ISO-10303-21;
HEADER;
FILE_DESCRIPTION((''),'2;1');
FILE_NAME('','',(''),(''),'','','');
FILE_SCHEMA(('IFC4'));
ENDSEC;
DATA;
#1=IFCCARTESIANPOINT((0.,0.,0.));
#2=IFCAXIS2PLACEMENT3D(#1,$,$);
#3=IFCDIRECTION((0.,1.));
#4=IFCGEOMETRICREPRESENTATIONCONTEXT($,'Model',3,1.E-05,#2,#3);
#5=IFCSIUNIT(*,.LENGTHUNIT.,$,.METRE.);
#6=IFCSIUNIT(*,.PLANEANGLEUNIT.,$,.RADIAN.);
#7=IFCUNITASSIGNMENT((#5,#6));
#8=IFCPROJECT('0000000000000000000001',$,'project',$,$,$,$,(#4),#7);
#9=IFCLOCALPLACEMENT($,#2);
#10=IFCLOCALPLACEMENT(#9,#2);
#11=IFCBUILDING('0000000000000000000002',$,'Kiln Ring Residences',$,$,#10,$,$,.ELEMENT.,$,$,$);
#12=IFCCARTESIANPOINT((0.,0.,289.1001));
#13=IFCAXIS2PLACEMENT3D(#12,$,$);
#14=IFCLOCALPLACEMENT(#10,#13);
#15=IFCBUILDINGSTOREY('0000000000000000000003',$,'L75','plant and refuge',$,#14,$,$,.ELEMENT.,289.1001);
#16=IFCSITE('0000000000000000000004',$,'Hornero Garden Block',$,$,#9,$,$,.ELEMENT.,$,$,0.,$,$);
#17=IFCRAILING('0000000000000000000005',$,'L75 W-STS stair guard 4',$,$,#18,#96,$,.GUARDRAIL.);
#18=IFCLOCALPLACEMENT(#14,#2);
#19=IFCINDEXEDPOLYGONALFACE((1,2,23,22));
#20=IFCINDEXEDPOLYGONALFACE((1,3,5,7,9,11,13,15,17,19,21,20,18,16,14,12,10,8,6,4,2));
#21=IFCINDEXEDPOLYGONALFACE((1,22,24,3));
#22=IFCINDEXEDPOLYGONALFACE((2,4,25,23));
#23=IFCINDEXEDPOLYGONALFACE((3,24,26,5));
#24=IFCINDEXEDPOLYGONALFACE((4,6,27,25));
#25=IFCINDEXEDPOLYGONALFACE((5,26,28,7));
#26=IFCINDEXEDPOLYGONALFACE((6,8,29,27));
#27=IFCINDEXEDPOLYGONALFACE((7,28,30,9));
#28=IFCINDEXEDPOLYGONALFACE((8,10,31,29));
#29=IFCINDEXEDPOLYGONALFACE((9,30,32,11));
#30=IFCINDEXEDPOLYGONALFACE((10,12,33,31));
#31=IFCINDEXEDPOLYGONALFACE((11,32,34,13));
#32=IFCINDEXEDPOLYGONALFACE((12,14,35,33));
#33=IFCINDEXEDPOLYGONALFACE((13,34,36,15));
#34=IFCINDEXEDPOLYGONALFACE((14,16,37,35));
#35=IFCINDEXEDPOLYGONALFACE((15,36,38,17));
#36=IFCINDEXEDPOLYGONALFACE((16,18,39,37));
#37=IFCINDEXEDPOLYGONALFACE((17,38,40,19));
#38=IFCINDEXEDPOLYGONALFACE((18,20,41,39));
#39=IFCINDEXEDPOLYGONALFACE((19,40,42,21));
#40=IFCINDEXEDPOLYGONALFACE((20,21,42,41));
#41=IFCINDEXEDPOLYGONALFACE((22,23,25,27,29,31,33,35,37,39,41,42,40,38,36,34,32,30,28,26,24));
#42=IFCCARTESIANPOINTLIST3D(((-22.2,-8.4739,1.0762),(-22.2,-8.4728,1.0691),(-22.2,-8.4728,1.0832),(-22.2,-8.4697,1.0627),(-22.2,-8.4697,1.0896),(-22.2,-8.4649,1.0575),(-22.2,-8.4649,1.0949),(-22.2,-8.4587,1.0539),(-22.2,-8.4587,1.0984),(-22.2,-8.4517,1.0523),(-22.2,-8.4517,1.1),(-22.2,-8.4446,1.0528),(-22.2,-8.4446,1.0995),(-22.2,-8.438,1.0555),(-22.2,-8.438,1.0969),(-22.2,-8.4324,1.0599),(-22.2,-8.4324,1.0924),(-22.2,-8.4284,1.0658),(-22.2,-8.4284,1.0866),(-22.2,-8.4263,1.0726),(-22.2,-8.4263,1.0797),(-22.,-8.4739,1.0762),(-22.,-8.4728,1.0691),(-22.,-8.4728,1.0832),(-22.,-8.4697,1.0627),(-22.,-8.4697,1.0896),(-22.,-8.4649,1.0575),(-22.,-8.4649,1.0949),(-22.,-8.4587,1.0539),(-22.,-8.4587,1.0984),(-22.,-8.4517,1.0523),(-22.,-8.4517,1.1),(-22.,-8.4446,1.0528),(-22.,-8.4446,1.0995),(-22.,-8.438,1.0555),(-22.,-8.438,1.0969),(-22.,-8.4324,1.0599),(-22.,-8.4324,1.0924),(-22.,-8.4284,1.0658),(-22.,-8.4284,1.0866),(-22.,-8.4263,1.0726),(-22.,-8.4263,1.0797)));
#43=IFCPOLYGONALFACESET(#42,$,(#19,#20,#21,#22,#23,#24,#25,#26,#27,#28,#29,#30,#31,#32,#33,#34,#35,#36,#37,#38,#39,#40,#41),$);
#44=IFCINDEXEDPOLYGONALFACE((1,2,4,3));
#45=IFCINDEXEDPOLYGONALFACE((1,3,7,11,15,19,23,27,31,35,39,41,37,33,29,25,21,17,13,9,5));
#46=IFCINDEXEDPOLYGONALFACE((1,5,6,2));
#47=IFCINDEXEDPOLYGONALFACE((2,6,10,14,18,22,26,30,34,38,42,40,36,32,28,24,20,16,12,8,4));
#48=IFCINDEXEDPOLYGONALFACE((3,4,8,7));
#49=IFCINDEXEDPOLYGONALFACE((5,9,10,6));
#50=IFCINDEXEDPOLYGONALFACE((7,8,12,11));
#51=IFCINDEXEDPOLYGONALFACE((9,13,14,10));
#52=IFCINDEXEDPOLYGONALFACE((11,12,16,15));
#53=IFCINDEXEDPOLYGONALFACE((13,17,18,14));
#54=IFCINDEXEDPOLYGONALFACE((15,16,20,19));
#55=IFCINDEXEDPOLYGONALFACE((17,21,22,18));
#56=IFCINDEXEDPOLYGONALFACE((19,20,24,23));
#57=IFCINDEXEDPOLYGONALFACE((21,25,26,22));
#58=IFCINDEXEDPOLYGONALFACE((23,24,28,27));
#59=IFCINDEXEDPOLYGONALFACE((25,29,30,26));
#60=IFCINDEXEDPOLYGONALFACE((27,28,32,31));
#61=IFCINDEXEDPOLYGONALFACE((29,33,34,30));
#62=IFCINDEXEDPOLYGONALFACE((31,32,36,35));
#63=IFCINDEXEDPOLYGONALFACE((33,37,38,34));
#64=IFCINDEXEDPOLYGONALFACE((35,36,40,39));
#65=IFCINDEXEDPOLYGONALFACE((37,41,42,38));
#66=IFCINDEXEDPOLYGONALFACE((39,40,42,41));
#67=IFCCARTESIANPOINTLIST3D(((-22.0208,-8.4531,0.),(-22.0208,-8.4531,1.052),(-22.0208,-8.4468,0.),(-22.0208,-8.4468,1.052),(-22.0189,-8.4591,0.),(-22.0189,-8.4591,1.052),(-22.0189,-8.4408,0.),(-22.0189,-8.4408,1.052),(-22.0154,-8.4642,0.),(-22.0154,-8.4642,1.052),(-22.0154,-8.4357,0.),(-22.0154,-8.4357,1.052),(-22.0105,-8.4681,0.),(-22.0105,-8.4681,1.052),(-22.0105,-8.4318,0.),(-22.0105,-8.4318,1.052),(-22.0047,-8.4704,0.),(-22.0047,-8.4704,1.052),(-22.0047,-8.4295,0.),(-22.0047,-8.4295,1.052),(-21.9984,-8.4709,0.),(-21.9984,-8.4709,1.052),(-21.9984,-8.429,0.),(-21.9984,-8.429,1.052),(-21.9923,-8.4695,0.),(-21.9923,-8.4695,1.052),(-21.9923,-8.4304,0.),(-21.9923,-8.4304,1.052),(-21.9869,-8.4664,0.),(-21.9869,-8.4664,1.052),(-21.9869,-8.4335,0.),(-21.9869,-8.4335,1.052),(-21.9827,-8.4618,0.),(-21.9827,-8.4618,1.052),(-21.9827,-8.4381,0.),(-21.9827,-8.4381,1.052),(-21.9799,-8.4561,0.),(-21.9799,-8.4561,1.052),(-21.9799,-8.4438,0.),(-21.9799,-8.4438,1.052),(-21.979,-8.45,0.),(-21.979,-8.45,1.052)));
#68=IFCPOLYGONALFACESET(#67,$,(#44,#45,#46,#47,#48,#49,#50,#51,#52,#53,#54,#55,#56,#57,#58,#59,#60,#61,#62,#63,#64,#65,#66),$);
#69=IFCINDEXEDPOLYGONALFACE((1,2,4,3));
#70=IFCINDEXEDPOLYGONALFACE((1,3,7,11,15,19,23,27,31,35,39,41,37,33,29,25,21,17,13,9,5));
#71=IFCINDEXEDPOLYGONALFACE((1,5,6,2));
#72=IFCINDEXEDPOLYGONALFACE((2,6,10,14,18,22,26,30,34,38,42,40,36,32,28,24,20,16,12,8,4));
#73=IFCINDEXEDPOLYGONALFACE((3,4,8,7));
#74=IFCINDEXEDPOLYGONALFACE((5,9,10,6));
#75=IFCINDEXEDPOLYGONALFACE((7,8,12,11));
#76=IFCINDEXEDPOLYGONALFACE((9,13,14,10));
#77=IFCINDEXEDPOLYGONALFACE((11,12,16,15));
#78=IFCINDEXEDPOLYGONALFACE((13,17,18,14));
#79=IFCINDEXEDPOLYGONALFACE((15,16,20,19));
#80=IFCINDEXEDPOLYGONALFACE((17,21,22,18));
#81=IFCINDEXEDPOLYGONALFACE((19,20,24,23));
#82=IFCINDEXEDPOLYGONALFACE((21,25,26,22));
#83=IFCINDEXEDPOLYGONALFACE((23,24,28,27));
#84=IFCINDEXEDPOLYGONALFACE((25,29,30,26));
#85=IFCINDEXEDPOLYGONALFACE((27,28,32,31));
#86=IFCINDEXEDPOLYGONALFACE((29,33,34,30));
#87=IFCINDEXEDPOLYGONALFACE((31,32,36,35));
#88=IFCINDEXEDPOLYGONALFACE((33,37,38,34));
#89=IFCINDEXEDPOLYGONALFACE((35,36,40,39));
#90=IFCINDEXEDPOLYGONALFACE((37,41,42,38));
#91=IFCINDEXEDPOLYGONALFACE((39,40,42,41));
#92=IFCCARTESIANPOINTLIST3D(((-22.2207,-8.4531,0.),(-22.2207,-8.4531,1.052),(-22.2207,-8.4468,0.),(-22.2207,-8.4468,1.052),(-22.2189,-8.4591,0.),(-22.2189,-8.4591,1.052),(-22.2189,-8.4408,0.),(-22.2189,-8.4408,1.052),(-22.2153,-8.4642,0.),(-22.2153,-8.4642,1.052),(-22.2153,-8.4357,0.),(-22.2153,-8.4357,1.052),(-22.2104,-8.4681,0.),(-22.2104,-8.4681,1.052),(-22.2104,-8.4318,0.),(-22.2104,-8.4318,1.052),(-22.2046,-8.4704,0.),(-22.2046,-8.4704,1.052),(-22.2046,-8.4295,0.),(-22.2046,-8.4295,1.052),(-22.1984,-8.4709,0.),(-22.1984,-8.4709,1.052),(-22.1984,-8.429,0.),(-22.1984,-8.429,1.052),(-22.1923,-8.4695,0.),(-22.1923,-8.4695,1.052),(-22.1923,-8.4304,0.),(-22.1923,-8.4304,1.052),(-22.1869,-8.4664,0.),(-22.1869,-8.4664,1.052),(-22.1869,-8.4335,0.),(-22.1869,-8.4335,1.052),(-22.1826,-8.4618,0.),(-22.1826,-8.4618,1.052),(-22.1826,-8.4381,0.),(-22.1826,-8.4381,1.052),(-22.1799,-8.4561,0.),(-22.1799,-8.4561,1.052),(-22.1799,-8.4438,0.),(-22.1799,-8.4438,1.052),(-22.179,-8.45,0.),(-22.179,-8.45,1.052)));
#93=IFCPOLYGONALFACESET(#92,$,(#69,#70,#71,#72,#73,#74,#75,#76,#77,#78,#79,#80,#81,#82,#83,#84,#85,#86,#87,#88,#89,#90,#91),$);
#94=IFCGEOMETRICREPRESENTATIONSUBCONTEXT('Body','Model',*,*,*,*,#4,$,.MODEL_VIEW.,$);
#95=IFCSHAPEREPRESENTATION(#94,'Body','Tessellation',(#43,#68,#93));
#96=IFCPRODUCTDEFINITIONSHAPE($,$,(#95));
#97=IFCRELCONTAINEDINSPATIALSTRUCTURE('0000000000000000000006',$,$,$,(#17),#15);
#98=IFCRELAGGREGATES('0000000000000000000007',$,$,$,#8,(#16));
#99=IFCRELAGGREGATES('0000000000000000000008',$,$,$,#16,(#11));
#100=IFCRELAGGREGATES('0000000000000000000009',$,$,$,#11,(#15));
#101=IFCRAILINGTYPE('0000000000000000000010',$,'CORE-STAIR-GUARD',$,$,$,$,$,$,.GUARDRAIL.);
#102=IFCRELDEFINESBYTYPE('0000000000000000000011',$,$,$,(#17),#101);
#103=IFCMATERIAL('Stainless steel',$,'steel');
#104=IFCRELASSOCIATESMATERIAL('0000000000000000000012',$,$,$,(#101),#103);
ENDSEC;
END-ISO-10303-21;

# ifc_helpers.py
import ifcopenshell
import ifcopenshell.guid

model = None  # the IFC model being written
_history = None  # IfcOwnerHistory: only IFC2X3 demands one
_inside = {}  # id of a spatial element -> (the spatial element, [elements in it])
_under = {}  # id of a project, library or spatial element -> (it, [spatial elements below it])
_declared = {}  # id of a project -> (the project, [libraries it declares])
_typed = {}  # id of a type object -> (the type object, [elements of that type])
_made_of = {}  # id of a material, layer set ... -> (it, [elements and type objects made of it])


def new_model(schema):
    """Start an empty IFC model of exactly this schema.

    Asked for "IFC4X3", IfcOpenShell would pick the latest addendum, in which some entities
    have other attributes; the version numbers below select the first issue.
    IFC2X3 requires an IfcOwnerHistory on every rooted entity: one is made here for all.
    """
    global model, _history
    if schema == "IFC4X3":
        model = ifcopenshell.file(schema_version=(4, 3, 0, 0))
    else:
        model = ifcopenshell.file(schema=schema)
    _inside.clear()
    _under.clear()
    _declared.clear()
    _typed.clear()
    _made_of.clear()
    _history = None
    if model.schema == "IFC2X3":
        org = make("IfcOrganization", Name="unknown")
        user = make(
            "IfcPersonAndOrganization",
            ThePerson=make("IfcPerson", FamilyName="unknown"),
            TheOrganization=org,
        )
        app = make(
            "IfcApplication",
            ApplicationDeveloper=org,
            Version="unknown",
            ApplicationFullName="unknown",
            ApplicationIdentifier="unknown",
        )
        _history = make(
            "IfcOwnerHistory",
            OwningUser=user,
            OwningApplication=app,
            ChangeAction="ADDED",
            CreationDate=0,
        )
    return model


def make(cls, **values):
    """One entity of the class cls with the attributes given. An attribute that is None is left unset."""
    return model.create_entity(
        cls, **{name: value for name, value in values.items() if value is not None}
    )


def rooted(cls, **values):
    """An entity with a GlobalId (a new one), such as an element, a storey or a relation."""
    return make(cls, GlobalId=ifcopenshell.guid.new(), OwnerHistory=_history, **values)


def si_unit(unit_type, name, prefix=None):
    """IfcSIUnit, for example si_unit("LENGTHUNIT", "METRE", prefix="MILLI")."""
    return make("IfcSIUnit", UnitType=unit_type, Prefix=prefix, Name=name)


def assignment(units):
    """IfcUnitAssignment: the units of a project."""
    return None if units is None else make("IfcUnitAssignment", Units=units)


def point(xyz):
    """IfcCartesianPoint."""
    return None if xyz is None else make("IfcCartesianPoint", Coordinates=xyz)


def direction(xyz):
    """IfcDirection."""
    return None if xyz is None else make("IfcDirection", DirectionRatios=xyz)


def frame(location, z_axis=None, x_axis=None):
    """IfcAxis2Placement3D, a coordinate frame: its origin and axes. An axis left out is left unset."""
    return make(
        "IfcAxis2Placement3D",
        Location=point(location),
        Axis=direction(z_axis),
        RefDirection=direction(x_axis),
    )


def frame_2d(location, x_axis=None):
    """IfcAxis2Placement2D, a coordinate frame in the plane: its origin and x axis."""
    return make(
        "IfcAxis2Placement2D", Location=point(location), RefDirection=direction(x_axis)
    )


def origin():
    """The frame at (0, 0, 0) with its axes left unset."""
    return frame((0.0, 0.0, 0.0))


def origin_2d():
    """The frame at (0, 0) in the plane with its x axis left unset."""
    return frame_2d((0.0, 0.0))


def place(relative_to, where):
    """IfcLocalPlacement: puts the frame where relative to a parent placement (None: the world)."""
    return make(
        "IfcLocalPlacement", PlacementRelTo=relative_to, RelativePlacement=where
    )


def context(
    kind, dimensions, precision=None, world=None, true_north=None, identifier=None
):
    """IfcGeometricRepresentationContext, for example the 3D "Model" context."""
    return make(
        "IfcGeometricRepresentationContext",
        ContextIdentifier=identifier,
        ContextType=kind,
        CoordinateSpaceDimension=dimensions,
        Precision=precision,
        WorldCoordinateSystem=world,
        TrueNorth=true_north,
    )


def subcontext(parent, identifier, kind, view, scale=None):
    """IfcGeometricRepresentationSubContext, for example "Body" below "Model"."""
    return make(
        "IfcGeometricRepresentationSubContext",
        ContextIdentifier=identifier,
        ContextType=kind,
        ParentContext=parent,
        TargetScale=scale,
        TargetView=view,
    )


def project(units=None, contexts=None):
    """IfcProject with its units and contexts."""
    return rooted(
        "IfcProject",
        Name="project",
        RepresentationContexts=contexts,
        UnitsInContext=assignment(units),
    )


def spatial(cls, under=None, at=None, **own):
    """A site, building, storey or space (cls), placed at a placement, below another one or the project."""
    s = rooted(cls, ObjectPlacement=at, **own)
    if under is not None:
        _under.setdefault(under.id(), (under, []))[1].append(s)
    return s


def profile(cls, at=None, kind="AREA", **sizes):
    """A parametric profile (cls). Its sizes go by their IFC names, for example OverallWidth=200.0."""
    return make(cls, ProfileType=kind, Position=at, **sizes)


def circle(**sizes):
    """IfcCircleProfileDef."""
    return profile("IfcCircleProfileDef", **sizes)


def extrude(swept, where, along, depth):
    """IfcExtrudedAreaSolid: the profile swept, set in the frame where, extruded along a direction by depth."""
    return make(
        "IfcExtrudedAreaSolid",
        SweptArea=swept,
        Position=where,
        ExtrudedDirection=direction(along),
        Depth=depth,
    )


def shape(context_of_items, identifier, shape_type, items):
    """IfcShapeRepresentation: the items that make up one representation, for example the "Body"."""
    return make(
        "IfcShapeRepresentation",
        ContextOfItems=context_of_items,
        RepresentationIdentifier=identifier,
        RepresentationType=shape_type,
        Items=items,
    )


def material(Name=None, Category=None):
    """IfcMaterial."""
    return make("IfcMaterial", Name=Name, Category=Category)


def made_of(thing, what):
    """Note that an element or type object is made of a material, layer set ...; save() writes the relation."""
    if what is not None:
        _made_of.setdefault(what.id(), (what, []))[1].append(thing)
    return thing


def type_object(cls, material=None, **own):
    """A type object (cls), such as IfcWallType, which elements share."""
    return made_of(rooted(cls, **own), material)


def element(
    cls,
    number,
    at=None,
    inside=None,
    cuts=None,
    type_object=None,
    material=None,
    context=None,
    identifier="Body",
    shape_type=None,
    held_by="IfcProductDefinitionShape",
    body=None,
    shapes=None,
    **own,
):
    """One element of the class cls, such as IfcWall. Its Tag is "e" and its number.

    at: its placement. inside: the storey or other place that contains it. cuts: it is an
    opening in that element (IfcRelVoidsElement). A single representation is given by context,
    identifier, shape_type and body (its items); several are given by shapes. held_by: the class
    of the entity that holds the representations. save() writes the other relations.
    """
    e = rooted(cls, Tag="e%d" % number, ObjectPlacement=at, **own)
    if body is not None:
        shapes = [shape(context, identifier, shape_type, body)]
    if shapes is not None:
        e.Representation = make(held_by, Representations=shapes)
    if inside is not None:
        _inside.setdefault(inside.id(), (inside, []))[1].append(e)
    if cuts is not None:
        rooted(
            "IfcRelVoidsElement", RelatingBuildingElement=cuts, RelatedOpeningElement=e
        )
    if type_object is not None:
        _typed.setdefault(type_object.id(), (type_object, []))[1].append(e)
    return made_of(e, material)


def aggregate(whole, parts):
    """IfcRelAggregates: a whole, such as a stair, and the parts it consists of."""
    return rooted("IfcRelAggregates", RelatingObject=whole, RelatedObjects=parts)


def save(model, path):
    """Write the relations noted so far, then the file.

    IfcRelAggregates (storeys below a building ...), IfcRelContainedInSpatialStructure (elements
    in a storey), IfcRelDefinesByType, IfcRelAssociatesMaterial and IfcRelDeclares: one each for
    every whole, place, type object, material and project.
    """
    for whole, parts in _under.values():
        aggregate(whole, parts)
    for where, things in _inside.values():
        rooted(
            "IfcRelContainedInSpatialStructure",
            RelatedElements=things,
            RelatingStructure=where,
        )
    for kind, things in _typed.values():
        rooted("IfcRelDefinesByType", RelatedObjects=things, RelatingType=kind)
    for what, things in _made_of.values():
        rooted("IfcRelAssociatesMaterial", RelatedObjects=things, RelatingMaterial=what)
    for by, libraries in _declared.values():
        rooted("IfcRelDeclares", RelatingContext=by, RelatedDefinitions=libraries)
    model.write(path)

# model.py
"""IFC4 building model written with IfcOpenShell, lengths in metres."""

from ifc_helpers import new_model, si_unit, direction, frame, origin, origin_2d, place, context, subcontext, project, spatial, circle, extrude, material, type_object, element, save


model = new_model("IFC4")

# Units and contexts
model_context = context("Model", 3, precision=1e-05, world=origin(), true_north=direction((0.0, 1.0)))
body_context = subcontext(model_context, "Body", "Model", "MODEL_VIEW")
ifc_project = project(units=[si_unit("LENGTHUNIT", "METRE"), si_unit("PLANEANGLEUNIT", "RADIAN")], contexts=[model_context])

# Site, building, storey
site_placement = place(None, origin())
site = spatial("IfcSite", under=ifc_project, at=site_placement, Name="Hornero Garden Block", CompositionType="ELEMENT", RefElevation=0.0)
building_placement = place(site_placement, origin())
building = spatial("IfcBuilding", under=site, at=building_placement, Name="Kiln Ring Residences", CompositionType="ELEMENT")
storey_placement = place(building_placement, frame((0.0, 0.0, 289.1001)))
storey = spatial("IfcBuildingStorey", under=building, at=storey_placement, Name="L75", Description="plant and refuge", CompositionType="ELEMENT", Elevation=289.1001)

# Railing
ifc_material_1 = material(Name="Stainless steel", Category="steel")
railing_type_1 = type_object("IfcRailingType", Name="CORE-STAIR-GUARD", PredefinedType="GUARDRAIL", material=ifc_material_1)
railing_1_placement = place(storey_placement, frame((-22.0, -8.45, 0.0)))
element("IfcRailing", 1, at=railing_1_placement, inside=storey, type_object=railing_type_1, Name="L75 W-STS stair guard 4", PredefinedType="GUARDRAIL", context=body_context, shape_type="SweptSolid", body=[
    extrude(circle(Radius=0.0239, at=origin_2d()), frame((0.0, 0.0, 1.0762), z_axis=(-1.0, 0.0, 0.0), x_axis=(0.0, -1.0, 0.0)), (0.0, 0.0, 1.0), 0.2),
    extrude(circle(Radius=0.021, at=origin_2d()), origin(), (0.0, 0.0, 1.0), 1.052),
    extrude(circle(Radius=0.021, at=origin_2d()), frame((-0.2, 0.0, 0.0)), (0.0, 0.0, 1.0), 1.052),
])

save(model, "model.ifc")
